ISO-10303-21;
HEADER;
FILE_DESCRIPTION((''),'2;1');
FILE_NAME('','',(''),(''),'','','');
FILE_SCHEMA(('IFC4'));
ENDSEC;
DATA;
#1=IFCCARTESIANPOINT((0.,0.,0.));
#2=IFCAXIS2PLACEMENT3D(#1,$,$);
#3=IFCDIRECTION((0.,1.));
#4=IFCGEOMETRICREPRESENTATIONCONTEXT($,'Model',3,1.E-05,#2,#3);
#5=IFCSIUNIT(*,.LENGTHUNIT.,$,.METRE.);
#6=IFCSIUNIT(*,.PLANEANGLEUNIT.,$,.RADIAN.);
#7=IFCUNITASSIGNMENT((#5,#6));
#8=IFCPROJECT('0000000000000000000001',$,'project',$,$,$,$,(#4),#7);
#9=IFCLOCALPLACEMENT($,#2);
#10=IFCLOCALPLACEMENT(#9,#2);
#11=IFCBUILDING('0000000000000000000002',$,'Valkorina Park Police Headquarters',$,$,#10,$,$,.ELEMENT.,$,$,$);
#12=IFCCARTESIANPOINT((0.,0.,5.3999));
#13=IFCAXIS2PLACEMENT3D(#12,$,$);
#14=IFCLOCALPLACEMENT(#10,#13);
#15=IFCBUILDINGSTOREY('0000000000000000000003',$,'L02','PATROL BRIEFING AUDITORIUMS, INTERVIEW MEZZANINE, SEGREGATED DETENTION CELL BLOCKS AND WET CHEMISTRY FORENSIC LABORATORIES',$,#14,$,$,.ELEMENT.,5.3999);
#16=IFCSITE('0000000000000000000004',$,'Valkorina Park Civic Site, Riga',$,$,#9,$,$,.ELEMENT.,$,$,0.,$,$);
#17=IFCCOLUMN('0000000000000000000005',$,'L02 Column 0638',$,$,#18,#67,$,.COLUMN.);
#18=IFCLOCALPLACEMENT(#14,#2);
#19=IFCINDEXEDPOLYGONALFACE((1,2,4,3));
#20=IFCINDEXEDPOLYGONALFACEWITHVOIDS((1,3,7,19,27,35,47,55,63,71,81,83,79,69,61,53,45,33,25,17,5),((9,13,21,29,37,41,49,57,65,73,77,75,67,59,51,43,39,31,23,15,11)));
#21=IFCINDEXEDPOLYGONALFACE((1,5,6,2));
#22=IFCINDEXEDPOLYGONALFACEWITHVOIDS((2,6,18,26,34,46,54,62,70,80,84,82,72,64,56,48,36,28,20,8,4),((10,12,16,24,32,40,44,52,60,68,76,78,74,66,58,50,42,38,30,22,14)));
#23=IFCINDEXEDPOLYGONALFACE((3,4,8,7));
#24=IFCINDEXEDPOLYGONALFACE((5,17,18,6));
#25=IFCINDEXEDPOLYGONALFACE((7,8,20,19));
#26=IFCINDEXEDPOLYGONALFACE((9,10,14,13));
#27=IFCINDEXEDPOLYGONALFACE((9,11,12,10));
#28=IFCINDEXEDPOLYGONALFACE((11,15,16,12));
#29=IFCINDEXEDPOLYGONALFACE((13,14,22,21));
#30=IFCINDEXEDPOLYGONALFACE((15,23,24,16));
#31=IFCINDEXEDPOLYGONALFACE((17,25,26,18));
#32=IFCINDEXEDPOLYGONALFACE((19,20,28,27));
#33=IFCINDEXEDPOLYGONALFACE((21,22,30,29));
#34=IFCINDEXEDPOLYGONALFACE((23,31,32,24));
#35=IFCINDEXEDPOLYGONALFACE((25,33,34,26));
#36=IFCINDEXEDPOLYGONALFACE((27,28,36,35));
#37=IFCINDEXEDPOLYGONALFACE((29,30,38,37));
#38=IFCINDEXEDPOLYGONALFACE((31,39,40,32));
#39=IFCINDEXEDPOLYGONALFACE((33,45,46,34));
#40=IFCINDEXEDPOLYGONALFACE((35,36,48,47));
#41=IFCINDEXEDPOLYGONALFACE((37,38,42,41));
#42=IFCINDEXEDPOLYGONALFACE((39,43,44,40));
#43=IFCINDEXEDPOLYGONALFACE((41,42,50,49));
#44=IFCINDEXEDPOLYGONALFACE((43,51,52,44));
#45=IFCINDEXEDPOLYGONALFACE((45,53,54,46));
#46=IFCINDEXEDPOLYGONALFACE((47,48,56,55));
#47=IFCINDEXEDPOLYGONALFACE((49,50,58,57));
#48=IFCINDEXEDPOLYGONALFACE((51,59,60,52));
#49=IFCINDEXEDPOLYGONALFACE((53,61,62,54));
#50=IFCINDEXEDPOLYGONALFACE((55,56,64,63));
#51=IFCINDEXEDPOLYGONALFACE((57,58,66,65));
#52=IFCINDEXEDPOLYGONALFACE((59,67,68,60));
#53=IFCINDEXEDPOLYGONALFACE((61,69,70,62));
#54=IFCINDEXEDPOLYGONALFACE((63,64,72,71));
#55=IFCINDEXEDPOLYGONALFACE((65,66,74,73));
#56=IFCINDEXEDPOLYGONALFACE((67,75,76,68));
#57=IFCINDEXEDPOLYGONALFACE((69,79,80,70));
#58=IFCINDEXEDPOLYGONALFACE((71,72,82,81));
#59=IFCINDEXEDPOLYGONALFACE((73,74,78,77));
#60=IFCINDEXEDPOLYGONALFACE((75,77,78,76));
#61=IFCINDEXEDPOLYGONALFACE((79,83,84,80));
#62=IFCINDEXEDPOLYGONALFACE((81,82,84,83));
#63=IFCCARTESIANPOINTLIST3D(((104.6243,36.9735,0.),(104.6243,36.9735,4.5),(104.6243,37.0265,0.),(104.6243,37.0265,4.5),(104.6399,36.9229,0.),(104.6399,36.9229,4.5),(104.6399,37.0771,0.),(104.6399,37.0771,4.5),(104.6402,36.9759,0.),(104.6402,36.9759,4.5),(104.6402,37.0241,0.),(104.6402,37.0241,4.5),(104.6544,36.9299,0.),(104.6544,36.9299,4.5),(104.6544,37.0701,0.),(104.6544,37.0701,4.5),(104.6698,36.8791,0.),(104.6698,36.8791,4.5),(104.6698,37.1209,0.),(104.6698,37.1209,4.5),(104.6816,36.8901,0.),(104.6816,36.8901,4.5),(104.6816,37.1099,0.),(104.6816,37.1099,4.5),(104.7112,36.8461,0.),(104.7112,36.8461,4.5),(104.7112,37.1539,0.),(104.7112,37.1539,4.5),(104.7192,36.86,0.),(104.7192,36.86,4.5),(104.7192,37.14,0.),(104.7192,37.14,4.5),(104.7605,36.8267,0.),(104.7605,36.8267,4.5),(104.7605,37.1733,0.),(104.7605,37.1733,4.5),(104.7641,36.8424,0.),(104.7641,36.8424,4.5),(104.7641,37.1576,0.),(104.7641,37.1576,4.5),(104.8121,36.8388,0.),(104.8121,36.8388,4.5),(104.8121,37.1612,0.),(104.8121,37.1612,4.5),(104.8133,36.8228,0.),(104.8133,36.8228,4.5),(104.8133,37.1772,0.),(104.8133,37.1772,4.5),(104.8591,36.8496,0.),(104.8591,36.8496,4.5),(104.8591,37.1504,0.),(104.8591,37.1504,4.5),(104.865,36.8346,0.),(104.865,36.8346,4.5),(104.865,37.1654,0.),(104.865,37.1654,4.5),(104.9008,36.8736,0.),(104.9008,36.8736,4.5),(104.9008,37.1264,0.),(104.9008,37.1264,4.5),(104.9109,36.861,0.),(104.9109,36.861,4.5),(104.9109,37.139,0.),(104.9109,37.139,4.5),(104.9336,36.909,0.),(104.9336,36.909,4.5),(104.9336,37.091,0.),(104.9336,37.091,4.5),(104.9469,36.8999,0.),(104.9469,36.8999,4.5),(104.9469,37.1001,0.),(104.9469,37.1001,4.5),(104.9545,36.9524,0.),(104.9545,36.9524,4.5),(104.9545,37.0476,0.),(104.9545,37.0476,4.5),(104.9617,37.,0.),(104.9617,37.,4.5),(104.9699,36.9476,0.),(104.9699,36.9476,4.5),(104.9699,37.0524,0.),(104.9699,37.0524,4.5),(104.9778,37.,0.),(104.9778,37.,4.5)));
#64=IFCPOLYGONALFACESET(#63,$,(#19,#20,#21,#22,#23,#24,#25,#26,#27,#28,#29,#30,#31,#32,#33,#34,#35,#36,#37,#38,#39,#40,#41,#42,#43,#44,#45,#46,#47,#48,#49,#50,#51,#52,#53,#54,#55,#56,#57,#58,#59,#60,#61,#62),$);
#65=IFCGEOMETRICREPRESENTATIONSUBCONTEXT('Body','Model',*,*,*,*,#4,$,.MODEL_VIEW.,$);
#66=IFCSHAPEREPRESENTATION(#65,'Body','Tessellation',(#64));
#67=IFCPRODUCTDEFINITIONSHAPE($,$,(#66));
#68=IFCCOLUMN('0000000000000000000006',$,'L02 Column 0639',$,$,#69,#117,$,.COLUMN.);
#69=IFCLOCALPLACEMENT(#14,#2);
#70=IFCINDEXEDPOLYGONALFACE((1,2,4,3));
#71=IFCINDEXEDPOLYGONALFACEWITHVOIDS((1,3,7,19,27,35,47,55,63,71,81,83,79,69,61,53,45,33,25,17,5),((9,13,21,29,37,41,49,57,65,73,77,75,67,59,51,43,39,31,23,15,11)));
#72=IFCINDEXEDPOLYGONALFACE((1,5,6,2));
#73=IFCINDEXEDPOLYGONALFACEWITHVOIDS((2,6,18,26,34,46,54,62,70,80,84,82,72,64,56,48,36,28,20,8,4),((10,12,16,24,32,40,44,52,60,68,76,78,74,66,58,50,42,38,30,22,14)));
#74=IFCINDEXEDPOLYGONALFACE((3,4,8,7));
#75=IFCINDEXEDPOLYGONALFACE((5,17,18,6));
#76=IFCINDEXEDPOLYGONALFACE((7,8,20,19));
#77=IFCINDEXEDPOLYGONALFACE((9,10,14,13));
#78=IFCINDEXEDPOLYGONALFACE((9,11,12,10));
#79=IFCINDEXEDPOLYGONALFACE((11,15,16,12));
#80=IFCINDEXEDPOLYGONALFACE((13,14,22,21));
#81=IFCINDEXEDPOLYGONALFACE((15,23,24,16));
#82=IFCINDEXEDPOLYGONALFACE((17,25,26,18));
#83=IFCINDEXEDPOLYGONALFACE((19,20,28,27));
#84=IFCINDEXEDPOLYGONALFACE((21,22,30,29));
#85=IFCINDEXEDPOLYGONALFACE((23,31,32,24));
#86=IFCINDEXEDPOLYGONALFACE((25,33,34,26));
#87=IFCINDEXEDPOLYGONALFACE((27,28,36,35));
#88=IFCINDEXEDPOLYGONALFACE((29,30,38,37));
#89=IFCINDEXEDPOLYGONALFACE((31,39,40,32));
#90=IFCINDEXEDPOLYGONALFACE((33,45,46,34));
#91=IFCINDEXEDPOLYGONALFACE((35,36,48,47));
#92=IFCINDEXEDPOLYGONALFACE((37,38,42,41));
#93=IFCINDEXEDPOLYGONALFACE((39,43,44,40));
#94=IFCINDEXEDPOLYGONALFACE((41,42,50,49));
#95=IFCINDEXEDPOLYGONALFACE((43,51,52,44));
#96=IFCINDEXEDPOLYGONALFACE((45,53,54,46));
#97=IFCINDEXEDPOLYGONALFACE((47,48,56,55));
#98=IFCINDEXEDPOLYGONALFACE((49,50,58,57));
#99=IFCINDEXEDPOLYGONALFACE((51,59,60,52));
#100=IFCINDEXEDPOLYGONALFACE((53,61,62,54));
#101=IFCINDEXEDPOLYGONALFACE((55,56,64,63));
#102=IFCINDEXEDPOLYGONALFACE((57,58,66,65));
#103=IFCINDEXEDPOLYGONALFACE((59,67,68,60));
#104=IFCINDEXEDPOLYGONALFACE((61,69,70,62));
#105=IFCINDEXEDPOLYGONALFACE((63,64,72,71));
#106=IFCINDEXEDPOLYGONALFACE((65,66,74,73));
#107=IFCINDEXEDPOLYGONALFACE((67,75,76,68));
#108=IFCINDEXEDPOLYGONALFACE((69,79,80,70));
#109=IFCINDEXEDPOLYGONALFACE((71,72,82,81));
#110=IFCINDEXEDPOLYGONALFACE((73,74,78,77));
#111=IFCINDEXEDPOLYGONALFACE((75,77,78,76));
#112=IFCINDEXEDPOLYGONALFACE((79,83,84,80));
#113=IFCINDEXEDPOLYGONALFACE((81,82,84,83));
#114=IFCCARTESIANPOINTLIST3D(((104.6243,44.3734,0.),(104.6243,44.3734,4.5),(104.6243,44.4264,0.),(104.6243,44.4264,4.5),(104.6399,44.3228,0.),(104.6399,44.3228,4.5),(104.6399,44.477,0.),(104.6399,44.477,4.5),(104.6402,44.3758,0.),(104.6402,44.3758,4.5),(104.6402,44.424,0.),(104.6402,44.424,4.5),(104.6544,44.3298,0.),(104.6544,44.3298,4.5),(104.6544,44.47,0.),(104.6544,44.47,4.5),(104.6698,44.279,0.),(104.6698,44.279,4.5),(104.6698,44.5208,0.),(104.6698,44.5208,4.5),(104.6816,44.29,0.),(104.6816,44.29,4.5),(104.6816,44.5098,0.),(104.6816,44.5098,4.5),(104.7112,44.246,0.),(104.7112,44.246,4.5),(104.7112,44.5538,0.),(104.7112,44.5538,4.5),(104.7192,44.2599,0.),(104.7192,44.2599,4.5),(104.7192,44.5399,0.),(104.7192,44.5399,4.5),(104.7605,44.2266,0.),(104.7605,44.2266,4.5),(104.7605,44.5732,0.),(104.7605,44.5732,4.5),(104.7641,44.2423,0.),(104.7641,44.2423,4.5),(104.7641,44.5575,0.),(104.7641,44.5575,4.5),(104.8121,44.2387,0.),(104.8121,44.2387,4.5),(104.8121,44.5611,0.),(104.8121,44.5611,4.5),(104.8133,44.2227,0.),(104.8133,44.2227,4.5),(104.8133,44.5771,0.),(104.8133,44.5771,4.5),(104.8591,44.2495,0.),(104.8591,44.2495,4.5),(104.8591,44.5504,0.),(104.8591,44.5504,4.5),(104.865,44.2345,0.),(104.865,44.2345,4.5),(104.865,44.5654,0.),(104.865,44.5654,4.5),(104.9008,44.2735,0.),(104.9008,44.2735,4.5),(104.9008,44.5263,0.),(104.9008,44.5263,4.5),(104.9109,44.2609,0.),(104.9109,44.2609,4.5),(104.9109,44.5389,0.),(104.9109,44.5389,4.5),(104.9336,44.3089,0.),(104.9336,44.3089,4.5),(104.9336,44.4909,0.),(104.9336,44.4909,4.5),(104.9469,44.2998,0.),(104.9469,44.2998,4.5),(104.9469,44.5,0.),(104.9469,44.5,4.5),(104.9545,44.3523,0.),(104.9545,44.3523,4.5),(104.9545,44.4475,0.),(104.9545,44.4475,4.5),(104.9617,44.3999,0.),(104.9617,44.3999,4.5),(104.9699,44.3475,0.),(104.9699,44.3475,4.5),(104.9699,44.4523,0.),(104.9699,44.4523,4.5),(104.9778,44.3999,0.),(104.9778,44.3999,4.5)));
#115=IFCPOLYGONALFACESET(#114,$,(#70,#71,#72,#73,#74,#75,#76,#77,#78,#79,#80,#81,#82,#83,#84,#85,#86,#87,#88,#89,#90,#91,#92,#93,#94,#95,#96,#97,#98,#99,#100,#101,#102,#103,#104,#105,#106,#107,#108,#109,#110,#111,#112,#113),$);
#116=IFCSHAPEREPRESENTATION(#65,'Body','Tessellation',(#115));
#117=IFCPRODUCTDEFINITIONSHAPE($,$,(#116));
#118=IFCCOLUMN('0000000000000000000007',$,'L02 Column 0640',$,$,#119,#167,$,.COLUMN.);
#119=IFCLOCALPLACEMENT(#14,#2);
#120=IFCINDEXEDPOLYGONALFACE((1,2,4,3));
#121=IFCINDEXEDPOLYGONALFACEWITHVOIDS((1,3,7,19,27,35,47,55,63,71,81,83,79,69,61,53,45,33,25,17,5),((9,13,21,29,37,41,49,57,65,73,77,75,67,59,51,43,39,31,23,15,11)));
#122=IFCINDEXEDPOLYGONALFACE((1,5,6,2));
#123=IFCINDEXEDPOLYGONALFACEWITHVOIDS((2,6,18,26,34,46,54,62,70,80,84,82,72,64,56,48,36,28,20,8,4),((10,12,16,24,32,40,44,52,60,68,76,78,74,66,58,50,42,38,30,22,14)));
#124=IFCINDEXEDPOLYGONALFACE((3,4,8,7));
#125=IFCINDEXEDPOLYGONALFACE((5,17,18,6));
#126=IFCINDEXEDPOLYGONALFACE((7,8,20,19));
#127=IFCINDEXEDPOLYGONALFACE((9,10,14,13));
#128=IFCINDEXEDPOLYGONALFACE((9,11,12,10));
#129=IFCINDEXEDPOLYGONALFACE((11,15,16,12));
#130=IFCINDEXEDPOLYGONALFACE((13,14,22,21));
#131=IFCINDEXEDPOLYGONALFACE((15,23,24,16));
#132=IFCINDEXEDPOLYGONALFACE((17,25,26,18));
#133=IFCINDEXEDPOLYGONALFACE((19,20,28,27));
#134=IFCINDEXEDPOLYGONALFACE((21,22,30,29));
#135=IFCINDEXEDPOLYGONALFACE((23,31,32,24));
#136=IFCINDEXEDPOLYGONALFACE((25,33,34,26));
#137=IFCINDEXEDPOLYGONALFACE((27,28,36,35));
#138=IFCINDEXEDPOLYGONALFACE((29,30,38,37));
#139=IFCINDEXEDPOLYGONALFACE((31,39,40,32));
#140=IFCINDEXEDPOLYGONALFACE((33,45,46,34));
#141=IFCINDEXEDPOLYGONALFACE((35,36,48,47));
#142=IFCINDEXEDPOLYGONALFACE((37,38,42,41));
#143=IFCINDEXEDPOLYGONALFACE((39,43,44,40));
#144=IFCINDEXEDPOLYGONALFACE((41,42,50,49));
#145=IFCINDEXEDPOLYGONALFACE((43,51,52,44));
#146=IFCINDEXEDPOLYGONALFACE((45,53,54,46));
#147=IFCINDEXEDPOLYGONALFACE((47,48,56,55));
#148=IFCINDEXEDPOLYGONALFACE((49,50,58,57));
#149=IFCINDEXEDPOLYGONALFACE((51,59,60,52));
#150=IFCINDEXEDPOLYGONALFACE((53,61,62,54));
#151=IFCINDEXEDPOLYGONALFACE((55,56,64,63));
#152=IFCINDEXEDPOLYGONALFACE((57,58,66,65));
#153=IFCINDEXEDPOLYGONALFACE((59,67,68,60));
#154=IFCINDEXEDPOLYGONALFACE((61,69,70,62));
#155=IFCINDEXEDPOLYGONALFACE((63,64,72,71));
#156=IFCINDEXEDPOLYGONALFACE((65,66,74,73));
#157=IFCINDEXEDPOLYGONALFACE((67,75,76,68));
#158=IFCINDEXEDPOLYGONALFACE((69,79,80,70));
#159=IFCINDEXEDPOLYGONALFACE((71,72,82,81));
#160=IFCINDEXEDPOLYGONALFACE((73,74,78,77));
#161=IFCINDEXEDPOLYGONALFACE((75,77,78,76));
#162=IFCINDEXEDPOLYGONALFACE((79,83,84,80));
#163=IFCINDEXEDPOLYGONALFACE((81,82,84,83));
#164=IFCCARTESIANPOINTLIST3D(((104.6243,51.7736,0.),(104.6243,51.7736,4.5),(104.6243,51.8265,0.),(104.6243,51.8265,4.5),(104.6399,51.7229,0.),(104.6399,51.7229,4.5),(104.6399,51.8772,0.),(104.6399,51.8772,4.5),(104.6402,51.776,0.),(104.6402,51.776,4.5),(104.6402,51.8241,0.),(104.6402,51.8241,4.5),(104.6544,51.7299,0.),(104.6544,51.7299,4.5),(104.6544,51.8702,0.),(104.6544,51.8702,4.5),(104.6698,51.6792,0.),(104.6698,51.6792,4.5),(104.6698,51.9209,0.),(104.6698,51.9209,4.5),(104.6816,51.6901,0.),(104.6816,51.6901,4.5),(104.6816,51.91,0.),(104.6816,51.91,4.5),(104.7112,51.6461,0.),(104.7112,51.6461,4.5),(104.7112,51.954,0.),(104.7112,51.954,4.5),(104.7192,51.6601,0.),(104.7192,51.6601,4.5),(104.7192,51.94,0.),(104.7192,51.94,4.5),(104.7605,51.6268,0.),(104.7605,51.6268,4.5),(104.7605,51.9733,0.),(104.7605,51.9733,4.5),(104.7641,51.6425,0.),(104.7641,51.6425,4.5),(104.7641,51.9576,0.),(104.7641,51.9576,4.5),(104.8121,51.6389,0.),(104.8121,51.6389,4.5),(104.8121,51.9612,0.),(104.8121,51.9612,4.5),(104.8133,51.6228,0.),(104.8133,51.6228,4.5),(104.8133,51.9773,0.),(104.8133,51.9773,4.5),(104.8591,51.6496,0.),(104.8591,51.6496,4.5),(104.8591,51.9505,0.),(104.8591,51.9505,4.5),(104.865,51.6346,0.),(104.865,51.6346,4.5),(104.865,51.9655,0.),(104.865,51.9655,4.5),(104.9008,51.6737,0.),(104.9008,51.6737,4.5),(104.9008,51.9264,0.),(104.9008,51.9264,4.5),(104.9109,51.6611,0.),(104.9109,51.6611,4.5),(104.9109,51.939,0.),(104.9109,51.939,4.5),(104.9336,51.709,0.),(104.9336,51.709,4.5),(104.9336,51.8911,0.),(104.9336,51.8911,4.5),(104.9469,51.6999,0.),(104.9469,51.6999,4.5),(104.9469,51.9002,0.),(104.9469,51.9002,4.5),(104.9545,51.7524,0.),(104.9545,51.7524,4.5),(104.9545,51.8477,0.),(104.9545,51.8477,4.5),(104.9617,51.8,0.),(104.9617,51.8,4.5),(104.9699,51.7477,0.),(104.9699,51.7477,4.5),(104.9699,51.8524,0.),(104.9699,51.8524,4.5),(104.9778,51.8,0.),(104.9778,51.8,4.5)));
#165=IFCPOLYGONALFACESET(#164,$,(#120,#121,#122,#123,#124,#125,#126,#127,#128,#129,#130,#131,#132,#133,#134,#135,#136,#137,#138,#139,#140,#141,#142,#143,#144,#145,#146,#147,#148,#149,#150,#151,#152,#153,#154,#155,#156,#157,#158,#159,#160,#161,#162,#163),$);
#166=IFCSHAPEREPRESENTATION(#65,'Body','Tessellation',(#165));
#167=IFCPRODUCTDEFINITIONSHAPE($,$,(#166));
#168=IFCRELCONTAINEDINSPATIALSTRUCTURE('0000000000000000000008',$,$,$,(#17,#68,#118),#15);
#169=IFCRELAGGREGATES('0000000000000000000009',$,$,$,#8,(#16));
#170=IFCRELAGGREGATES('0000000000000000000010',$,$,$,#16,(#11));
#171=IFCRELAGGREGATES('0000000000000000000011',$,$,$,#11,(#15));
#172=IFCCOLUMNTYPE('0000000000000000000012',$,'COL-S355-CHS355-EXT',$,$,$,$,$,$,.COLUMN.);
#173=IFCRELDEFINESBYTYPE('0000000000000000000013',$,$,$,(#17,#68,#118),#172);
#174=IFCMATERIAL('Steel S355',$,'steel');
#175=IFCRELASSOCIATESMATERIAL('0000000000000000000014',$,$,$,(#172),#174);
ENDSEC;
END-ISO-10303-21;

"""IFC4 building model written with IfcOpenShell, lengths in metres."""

from ifc_helpers import new_model, si_unit, direction, frame, origin, origin_2d, place, context, subcontext, project, spatial, hollow_circle, extrude, material, material_profile, profile_set, type_object, element, save


model = new_model("IFC4")

# Units and contexts
model_context = context("Model", 3, precision=1e-05, world=origin(), true_north=direction((0.0, 1.0)))
body_context = subcontext(model_context, "Body", "Model", "MODEL_VIEW")
ifc_project = project(units=[si_unit("LENGTHUNIT", "METRE"), si_unit("PLANEANGLEUNIT", "RADIAN")], contexts=[model_context])

# Site, building, storey
site_placement = place(None, origin())
site = spatial("IfcSite", under=ifc_project, at=site_placement, Name="Valkorina Park Civic Site, Riga", CompositionType="ELEMENT", RefElevation=0.0)
building_placement = place(site_placement, origin())
building = spatial("IfcBuilding", under=site, at=building_placement, Name="Valkorina Park Police Headquarters", CompositionType="ELEMENT")
storey_placement = place(building_placement, frame((0.0, 0.0, 5.3999)))
storey = spatial("IfcBuildingStorey", under=building, at=storey_placement, Name="L02", Description="PATROL BRIEFING AUDITORIUMS, INTERVIEW MEZZANINE, SEGREGATED DETENTION CELL BLOCKS AND WET CHEMISTRY FORENSIC LABORATORIES", CompositionType="ELEMENT", Elevation=5.3999)

# Columns
ifc_material_1 = material(Name="Steel S355", Category="steel")
ifc_material_profile = material_profile(ifc_material_1, hollow_circle(Radius=0.1777, WallThickness=0.0161, at=origin_2d()), Name="CHS 355.6x16")
ifc_profile_set = profile_set([ifc_material_profile], Name="Steel S355")
column_type = type_object("IfcColumnType", Name="COL-S355-CHS355-EXT", PredefinedType="COLUMN", material=ifc_profile_set)
for number, where, z_axis, x_axis, name in (
    (1, (104.8, 37.0, 0.0), (0.0, 0.0, 1.0), (1.0, 0.0, 0.0), "L02 Column 0638"),
    (2, (104.8, 44.3999, 0.0), (0.0, 0.0, 1.0), (1.0, 0.0, 0.0), "L02 Column 0639"),
    (3, (104.8, 51.8, 0.0), (0.0, 0.0, 1.0), (1.0, 0.0, 0.0), "L02 Column 0640"),
):
    element("IfcColumn", number, at=place(storey_placement, frame(where, z_axis=z_axis, x_axis=x_axis)), inside=storey, type_object=column_type, Name=name, PredefinedType="COLUMN", context=body_context, shape_type="SweptSolid", body=[
        extrude(hollow_circle(Radius=0.1777, WallThickness=0.0161, at=origin_2d()), origin(), (0.0, 0.0, 1.0), 4.5),
    ])

save(model, "model.ifc")
